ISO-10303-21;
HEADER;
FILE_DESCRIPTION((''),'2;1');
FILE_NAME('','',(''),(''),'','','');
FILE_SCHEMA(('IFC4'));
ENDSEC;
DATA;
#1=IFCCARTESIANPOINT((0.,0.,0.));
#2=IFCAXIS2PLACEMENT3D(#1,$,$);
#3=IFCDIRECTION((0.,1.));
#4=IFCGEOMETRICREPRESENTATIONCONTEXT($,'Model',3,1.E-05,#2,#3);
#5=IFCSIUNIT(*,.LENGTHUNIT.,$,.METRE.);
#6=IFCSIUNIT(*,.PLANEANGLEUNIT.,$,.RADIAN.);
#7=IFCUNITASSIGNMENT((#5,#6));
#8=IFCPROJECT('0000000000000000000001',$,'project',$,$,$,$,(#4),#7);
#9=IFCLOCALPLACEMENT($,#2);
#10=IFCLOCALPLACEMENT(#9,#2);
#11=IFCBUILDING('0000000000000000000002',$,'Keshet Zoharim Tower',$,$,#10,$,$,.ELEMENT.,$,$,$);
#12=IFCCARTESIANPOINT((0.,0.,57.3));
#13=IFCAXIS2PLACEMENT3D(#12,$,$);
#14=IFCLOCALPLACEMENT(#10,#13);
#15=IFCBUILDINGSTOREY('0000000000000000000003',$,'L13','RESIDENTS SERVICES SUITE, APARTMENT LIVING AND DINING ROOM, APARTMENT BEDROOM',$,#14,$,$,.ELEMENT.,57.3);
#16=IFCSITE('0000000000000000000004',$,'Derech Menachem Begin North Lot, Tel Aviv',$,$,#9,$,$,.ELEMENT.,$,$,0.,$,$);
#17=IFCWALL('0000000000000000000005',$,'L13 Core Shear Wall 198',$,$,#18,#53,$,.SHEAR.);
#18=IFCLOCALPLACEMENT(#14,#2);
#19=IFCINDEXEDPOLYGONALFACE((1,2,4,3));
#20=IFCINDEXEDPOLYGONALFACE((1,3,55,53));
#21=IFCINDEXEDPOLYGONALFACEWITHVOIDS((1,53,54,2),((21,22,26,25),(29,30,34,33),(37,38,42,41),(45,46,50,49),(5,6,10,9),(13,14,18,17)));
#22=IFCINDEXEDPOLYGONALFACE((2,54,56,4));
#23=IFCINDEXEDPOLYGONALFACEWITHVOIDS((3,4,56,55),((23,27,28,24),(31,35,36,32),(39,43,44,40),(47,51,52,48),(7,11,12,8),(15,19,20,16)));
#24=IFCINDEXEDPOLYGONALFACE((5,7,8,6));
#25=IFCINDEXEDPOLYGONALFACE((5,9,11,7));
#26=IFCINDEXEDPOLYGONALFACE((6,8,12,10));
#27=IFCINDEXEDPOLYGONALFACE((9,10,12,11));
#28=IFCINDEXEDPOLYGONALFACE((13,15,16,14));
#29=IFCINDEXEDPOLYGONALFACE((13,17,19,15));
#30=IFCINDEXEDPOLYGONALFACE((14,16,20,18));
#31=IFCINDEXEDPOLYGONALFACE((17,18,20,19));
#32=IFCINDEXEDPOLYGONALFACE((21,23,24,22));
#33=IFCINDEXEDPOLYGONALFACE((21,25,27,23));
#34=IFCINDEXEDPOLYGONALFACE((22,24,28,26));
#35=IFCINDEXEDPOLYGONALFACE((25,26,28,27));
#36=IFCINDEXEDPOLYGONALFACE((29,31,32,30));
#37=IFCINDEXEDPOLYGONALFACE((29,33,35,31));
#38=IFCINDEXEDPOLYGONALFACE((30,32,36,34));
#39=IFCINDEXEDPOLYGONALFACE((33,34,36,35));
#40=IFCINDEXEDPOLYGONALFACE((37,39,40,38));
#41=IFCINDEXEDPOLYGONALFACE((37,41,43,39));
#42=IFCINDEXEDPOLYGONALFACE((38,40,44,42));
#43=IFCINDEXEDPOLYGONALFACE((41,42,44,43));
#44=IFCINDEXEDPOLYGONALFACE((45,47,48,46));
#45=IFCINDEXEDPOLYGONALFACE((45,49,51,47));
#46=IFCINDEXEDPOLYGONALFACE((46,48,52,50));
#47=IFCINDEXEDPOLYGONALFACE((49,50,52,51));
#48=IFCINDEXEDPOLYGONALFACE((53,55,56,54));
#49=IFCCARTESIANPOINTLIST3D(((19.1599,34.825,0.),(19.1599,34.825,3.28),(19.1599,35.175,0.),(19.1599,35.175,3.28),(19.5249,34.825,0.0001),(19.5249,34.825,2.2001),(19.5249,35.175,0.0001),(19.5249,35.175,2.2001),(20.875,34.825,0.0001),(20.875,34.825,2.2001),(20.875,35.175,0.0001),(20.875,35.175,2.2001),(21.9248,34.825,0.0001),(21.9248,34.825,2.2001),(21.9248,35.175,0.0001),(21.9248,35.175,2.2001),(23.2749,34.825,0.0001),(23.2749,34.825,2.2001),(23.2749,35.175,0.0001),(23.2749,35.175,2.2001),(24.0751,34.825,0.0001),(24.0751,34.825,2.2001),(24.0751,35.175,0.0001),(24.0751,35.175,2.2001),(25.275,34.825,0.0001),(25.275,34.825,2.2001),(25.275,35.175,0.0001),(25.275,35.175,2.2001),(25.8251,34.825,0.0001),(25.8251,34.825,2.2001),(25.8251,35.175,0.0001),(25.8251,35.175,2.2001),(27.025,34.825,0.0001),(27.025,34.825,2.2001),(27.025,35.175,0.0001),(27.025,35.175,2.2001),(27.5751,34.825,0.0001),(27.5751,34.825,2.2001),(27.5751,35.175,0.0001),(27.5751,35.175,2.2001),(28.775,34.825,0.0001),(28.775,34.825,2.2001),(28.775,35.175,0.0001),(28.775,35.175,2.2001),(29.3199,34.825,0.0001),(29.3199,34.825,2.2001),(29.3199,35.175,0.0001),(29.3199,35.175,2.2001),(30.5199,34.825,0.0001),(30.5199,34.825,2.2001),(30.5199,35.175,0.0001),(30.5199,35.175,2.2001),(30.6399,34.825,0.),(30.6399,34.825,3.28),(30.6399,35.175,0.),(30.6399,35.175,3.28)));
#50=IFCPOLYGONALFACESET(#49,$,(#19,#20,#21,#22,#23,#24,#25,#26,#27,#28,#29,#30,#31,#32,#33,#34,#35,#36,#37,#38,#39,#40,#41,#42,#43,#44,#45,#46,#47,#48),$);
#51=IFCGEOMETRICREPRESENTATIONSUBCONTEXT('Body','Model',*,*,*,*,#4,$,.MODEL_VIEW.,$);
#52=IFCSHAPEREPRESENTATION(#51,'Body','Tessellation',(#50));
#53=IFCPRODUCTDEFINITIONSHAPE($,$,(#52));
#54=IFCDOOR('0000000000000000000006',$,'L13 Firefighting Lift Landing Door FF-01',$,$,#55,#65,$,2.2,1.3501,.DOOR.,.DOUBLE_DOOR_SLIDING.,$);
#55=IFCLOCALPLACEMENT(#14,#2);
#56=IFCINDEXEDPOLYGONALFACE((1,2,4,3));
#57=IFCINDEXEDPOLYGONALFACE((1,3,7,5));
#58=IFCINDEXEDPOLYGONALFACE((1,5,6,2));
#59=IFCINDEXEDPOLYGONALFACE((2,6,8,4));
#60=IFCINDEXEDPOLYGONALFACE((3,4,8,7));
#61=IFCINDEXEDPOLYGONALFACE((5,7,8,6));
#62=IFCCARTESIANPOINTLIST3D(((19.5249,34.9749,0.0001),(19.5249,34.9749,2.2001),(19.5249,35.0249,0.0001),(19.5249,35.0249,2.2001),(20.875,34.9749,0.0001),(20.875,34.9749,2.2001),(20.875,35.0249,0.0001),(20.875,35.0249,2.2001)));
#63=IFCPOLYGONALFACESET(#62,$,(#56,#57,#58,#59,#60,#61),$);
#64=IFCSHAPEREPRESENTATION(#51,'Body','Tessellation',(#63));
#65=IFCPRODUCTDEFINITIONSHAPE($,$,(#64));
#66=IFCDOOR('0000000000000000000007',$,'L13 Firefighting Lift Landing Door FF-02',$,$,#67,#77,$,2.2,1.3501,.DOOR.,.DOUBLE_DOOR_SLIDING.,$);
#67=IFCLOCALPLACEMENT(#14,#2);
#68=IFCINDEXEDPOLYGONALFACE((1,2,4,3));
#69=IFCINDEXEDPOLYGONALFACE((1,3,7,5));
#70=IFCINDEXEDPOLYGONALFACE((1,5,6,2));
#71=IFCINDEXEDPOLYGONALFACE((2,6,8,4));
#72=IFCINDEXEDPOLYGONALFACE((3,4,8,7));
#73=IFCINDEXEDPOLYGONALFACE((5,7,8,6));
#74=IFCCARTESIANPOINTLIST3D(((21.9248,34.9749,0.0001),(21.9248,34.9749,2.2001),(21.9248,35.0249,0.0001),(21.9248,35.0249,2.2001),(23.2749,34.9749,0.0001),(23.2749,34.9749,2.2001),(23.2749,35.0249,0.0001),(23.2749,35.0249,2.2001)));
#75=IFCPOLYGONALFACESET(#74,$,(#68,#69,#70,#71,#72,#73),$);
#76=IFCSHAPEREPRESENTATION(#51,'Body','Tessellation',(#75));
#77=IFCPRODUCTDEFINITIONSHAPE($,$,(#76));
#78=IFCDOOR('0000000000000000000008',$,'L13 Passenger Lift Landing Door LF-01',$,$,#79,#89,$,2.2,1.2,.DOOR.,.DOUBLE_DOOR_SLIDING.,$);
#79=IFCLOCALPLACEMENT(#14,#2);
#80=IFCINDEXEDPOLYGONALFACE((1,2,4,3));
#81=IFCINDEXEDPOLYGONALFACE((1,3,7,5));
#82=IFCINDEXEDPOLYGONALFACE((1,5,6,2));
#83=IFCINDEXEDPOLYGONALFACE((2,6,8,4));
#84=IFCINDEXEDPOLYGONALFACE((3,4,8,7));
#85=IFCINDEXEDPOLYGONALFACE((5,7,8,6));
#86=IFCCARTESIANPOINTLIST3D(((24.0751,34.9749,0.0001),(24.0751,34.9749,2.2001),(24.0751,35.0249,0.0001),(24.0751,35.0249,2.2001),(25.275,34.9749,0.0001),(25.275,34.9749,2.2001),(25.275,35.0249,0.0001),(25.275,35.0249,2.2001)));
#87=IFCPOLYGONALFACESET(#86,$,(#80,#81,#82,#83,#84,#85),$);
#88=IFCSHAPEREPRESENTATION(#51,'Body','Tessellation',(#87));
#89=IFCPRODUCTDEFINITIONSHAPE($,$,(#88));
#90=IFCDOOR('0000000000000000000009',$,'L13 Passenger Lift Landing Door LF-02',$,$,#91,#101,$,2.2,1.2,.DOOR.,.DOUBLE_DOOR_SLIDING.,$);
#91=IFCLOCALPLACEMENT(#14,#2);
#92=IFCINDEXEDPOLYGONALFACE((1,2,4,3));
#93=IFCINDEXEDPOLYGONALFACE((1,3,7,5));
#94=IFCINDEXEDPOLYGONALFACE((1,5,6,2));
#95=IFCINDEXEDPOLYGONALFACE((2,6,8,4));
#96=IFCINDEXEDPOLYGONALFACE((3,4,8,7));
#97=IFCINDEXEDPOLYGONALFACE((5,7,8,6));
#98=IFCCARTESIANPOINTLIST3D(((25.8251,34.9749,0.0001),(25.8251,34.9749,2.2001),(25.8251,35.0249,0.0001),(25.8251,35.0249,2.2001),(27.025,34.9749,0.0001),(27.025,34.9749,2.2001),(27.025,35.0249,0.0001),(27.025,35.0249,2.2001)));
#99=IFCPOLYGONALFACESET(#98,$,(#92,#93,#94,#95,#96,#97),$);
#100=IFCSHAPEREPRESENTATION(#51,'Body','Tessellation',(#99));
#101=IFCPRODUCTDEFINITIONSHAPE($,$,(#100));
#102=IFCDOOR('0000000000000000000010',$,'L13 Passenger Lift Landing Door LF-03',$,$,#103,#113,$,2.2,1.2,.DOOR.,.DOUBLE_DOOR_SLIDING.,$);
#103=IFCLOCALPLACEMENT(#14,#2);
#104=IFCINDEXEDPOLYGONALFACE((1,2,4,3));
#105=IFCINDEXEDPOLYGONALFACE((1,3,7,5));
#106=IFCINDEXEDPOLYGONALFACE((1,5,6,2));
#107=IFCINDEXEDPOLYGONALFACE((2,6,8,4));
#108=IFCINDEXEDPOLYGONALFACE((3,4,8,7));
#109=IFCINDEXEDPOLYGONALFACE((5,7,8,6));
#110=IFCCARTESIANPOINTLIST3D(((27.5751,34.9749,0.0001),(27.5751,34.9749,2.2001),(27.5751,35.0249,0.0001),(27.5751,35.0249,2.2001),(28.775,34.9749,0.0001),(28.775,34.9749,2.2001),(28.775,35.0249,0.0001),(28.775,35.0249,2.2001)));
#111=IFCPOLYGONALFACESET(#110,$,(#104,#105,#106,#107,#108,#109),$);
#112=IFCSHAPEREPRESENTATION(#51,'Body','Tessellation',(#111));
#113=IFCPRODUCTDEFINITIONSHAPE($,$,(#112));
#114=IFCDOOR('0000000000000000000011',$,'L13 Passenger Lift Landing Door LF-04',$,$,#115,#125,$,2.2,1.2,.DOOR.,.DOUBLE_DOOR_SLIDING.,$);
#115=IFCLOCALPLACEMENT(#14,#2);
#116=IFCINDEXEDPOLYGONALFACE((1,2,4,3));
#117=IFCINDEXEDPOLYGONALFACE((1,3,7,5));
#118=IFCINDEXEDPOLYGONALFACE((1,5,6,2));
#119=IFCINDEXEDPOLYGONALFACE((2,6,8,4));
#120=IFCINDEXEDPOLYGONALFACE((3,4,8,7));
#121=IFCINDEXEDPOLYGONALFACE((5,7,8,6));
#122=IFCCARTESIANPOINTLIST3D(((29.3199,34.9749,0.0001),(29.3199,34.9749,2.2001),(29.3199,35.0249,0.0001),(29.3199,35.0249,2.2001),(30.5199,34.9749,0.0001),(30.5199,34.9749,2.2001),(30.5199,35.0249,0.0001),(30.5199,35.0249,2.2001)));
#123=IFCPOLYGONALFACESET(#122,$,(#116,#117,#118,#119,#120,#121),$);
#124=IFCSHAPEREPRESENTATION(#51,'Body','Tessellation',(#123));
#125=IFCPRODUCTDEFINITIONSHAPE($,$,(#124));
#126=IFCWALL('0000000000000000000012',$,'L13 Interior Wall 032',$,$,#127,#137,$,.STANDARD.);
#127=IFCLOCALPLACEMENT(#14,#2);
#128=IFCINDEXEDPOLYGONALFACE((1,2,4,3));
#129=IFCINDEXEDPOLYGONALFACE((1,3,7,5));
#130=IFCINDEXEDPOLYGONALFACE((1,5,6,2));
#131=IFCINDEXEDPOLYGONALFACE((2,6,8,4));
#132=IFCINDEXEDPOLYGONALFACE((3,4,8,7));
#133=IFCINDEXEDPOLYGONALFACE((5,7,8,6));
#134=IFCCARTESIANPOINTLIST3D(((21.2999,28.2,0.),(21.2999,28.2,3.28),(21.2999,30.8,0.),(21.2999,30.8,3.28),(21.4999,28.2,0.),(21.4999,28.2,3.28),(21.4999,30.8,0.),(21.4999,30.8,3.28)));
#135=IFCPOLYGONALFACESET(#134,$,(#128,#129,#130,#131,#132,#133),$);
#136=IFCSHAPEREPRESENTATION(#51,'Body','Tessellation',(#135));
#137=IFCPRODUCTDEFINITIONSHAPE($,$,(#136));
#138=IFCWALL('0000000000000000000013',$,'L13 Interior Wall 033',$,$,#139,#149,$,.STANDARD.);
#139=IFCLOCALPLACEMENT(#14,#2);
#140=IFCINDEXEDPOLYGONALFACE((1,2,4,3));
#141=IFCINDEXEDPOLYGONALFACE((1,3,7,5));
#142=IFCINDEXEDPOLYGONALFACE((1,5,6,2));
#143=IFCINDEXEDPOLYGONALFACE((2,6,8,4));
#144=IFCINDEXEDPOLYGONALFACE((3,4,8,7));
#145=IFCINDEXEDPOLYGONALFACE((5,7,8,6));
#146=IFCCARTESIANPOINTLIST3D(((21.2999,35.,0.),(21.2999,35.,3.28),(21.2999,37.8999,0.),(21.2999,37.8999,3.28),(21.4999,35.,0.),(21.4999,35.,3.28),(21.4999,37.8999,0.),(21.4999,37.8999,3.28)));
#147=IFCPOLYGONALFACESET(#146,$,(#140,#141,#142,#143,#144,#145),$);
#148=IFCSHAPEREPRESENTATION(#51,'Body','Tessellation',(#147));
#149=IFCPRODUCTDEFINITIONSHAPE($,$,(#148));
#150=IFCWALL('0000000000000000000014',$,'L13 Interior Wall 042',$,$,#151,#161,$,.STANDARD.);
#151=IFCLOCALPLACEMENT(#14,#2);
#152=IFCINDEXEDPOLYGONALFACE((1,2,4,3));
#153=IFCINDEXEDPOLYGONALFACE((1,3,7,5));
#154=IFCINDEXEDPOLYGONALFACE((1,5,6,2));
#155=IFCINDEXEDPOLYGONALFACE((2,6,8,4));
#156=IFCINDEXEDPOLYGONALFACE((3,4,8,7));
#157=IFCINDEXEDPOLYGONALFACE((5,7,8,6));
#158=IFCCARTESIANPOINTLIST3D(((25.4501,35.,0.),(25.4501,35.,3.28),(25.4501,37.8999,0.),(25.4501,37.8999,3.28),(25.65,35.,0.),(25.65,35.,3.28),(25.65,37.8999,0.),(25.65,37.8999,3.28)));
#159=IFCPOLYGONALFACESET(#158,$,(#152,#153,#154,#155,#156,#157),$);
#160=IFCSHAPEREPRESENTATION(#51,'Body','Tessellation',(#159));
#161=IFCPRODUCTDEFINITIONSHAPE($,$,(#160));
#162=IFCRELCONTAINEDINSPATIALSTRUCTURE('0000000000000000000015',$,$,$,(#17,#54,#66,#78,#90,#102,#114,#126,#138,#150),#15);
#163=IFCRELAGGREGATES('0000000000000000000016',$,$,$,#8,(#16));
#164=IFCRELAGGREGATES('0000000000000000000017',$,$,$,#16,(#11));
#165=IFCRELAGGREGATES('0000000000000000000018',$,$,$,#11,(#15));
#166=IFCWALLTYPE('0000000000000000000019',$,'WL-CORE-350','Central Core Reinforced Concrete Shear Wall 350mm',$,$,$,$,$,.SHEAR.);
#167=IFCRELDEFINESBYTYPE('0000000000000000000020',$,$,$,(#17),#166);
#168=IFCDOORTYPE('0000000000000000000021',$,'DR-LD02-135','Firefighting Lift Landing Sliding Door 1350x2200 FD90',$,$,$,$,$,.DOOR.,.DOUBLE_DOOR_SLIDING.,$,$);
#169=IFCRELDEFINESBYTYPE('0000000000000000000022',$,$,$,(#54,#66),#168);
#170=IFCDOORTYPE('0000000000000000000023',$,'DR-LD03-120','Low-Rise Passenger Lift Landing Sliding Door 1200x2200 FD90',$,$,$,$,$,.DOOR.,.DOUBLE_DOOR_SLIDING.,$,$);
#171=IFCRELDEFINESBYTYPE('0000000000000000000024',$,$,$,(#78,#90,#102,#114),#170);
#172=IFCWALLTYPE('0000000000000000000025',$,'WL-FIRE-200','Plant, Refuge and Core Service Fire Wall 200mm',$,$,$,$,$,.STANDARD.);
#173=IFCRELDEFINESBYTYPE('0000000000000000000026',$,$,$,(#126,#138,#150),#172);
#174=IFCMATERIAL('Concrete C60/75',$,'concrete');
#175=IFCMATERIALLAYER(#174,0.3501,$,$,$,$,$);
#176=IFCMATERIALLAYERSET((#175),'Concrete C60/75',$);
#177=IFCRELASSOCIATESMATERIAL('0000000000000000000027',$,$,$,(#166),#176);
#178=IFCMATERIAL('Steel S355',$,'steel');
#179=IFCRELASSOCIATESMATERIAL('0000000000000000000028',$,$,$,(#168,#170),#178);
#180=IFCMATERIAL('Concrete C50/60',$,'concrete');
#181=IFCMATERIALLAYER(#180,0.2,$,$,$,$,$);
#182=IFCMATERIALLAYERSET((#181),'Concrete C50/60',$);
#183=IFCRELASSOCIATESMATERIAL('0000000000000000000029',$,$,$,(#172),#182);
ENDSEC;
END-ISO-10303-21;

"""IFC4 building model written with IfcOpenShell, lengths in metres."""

from ifc_helpers import new_model, si_unit, direction, frame, frame_2d, origin, place, context, subcontext, project, spatial, rectangle, extrude, material, layer, layer_set, type_object, element, fill, save


model = new_model("IFC4")

# Units and contexts
model_context = context("Model", 3, precision=1e-05, world=origin(), true_north=direction((0.0, 1.0)))
body_context = subcontext(model_context, "Body", "Model", "MODEL_VIEW")
ifc_project = project(units=[si_unit("LENGTHUNIT", "METRE"), si_unit("PLANEANGLEUNIT", "RADIAN")], contexts=[model_context])

# Site, building, storey
site_placement = place(None, origin())
site = spatial("IfcSite", under=ifc_project, at=site_placement, Name="Derech Menachem Begin North Lot, Tel Aviv", CompositionType="ELEMENT", RefElevation=0.0)
building_placement = place(site_placement, origin())
building = spatial("IfcBuilding", under=site, at=building_placement, Name="Keshet Zoharim Tower", CompositionType="ELEMENT")
storey_placement = place(building_placement, frame((0.0, 0.0, 57.3)))
storey = spatial("IfcBuildingStorey", under=building, at=storey_placement, Name="L13", Description="RESIDENTS SERVICES SUITE, APARTMENT LIVING AND DINING ROOM, APARTMENT BEDROOM", CompositionType="ELEMENT", Elevation=57.3)

# Shared definitions
ifc_material_1 = material(Name="Concrete C60/75", Category="concrete")
ifc_layer_1 = layer(ifc_material_1, 0.3501)
ifc_layer_set_1 = layer_set([ifc_layer_1], Name="Concrete C60/75")
wall_type_1 = type_object("IfcWallType", Name="WL-CORE-350", Description="Central Core Reinforced Concrete Shear Wall 350mm", PredefinedType="SHEAR", material=ifc_layer_set_1)

# Shared definitions
ifc_material_2 = material(Name="Steel S355", Category="steel")

# Wall, openings, doors
wall_1_placement = place(storey_placement, frame((19.1599, 35.0, 0.0), z_axis=(0.0, 0.0, 1.0), x_axis=(1.0, 0.0, 0.0)))
wall_1 = element("IfcWall", 1, at=wall_1_placement, inside=storey, type_object=wall_type_1, Name="L13 Core Shear Wall 198", PredefinedType="SHEAR", context=body_context, shape_type="SweptSolid", body=[
    extrude(rectangle(XDim=11.48, YDim=0.3501, at=frame_2d((5.74, 0.0))), origin(), (0.0, 0.0, 1.0), 3.28),
])
opening_1_placement = place(wall_1_placement, frame((0.365, 0.0, 0.0)))
opening_1 = element("IfcOpeningElement", 2, at=opening_1_placement, cuts=wall_1, PredefinedType="OPENING", context=body_context, shape_type="SweptSolid", body=[
    extrude(rectangle(XDim=1.3501, YDim=2.2, at=frame_2d((0.675, 1.1001))), frame((0.0, 0.1851, 0.0), z_axis=(0.0, -1.0, 0.0), x_axis=(1.0, 0.0, 0.0)), (0.0, 0.0, 1.0), 0.3701),
])
opening_2_placement = place(wall_1_placement, frame((2.7649, 0.0, 0.0)))
opening_2 = element("IfcOpeningElement", 3, at=opening_2_placement, cuts=wall_1, PredefinedType="OPENING", context=body_context, shape_type="SweptSolid", body=[
    extrude(rectangle(XDim=1.3501, YDim=2.2, at=frame_2d((0.675, 1.1001))), frame((0.0, 0.1851, 0.0), z_axis=(0.0, -1.0, 0.0), x_axis=(1.0, 0.0, 0.0)), (0.0, 0.0, 1.0), 0.3701),
])
opening_3_placement = place(wall_1_placement, frame((4.915, 0.0, 0.0)))
opening_3 = element("IfcOpeningElement", 4, at=opening_3_placement, cuts=wall_1, PredefinedType="OPENING", context=body_context, shape_type="SweptSolid", body=[
    extrude(rectangle(XDim=1.2, YDim=2.2, at=frame_2d((0.6001, 1.1001))), frame((0.0, 0.1851, 0.0), z_axis=(0.0, -1.0, 0.0), x_axis=(1.0, 0.0, 0.0)), (0.0, 0.0, 1.0), 0.3701),
])
opening_4_placement = place(wall_1_placement, frame((6.665, 0.0, 0.0)))
opening_4 = element("IfcOpeningElement", 5, at=opening_4_placement, cuts=wall_1, PredefinedType="OPENING", context=body_context, shape_type="SweptSolid", body=[
    extrude(rectangle(XDim=1.2, YDim=2.2, at=frame_2d((0.6001, 1.1001))), frame((0.0, 0.1851, 0.0), z_axis=(0.0, -1.0, 0.0), x_axis=(1.0, 0.0, 0.0)), (0.0, 0.0, 1.0), 0.3701),
])
opening_5_placement = place(wall_1_placement, frame((8.415, 0.0, 0.0)))
opening_5 = element("IfcOpeningElement", 6, at=opening_5_placement, cuts=wall_1, PredefinedType="OPENING", context=body_context, shape_type="SweptSolid", body=[
    extrude(rectangle(XDim=1.2, YDim=2.2, at=frame_2d((0.6001, 1.1001))), frame((0.0, 0.1851, 0.0), z_axis=(0.0, -1.0, 0.0), x_axis=(1.0, 0.0, 0.0)), (0.0, 0.0, 1.0), 0.3701),
])
opening_6_placement = place(wall_1_placement, frame((10.1599, 0.0, 0.0)))
opening_6 = element("IfcOpeningElement", 7, at=opening_6_placement, cuts=wall_1, PredefinedType="OPENING", context=body_context, shape_type="SweptSolid", body=[
    extrude(rectangle(XDim=1.2, YDim=2.2, at=frame_2d((0.6001, 1.1001))), frame((0.0, 0.1851, 0.0), z_axis=(0.0, -1.0, 0.0), x_axis=(1.0, 0.0, 0.0)), (0.0, 0.0, 1.0), 0.3701),
])
door_type_1 = type_object("IfcDoorType", Name="DR-LD02-135", Description="Firefighting Lift Landing Sliding Door 1350x2200 FD90", OperationType="DOUBLE_DOOR_SLIDING", PredefinedType="DOOR", material=ifc_material_2)
door_1_placement = place(opening_1_placement, origin())
door_1 = element("IfcDoor", 8, at=door_1_placement, inside=storey, type_object=door_type_1, Name="L13 Firefighting Lift Landing Door FF-01", OperationType="DOUBLE_DOOR_SLIDING", OverallHeight=2.2, OverallWidth=1.3501, PredefinedType="DOOR", context=body_context, shape_type="SweptSolid", body=[
    extrude(rectangle(XDim=1.3501, YDim=2.2, at=frame_2d((0.675, 1.1001))), frame((0.0, 0.0249, 0.0), z_axis=(0.0, -1.0, 0.0), x_axis=(1.0, 0.0, 0.0)), (0.0, 0.0, 1.0), 0.05),
])
fill(opening_1, door_1)
door_2_placement = place(opening_2_placement, origin())
door_2 = element("IfcDoor", 9, at=door_2_placement, inside=storey, type_object=door_type_1, Name="L13 Firefighting Lift Landing Door FF-02", OperationType="DOUBLE_DOOR_SLIDING", OverallHeight=2.2, OverallWidth=1.3501, PredefinedType="DOOR", context=body_context, shape_type="SweptSolid", body=[
    extrude(rectangle(XDim=1.3501, YDim=2.2, at=frame_2d((0.675, 1.1001))), frame((0.0, 0.0249, 0.0), z_axis=(0.0, -1.0, 0.0), x_axis=(1.0, 0.0, 0.0)), (0.0, 0.0, 1.0), 0.05),
])
fill(opening_2, door_2)
door_type_2 = type_object("IfcDoorType", Name="DR-LD03-120", Description="Low-Rise Passenger Lift Landing Sliding Door 1200x2200 FD90", OperationType="DOUBLE_DOOR_SLIDING", PredefinedType="DOOR", material=ifc_material_2)
door_3_placement = place(opening_3_placement, origin())
door_3 = element("IfcDoor", 10, at=door_3_placement, inside=storey, type_object=door_type_2, Name="L13 Passenger Lift Landing Door LF-01", OperationType="DOUBLE_DOOR_SLIDING", OverallHeight=2.2, OverallWidth=1.2, PredefinedType="DOOR", context=body_context, shape_type="SweptSolid", body=[
    extrude(rectangle(XDim=1.2, YDim=2.2, at=frame_2d((0.6001, 1.1001))), frame((0.0, 0.0249, 0.0), z_axis=(0.0, -1.0, 0.0), x_axis=(1.0, 0.0, 0.0)), (0.0, 0.0, 1.0), 0.05),
])
fill(opening_3, door_3)
door_4_placement = place(opening_4_placement, origin())
door_4 = element("IfcDoor", 11, at=door_4_placement, inside=storey, type_object=door_type_2, Name="L13 Passenger Lift Landing Door LF-02", OperationType="DOUBLE_DOOR_SLIDING", OverallHeight=2.2, OverallWidth=1.2, PredefinedType="DOOR", context=body_context, shape_type="SweptSolid", body=[
    extrude(rectangle(XDim=1.2, YDim=2.2, at=frame_2d((0.6001, 1.1001))), frame((0.0, 0.0249, 0.0), z_axis=(0.0, -1.0, 0.0), x_axis=(1.0, 0.0, 0.0)), (0.0, 0.0, 1.0), 0.05),
])
fill(opening_4, door_4)
door_5_placement = place(opening_5_placement, origin())
door_5 = element("IfcDoor", 12, at=door_5_placement, inside=storey, type_object=door_type_2, Name="L13 Passenger Lift Landing Door LF-03", OperationType="DOUBLE_DOOR_SLIDING", OverallHeight=2.2, OverallWidth=1.2, PredefinedType="DOOR", context=body_context, shape_type="SweptSolid", body=[
    extrude(rectangle(XDim=1.2, YDim=2.2, at=frame_2d((0.6001, 1.1001))), frame((0.0, 0.0249, 0.0), z_axis=(0.0, -1.0, 0.0), x_axis=(1.0, 0.0, 0.0)), (0.0, 0.0, 1.0), 0.05),
])
fill(opening_5, door_5)
door_6_placement = place(opening_6_placement, origin())
door_6 = element("IfcDoor", 13, at=door_6_placement, inside=storey, type_object=door_type_2, Name="L13 Passenger Lift Landing Door LF-04", OperationType="DOUBLE_DOOR_SLIDING", OverallHeight=2.2, OverallWidth=1.2, PredefinedType="DOOR", context=body_context, shape_type="SweptSolid", body=[
    extrude(rectangle(XDim=1.2, YDim=2.2, at=frame_2d((0.6001, 1.1001))), frame((0.0, 0.0249, 0.0), z_axis=(0.0, -1.0, 0.0), x_axis=(1.0, 0.0, 0.0)), (0.0, 0.0, 1.0), 0.05),
])
fill(opening_6, door_6)

# Walls
ifc_material_3 = material(Name="Concrete C50/60", Category="concrete")
ifc_layer_2 = layer(ifc_material_3, 0.2)
ifc_layer_set_2 = layer_set([ifc_layer_2], Name="Concrete C50/60")
wall_type_2 = type_object("IfcWallType", Name="WL-FIRE-200", Description="Plant, Refuge and Core Service Fire Wall 200mm", PredefinedType="STANDARD", material=ifc_layer_set_2)
wall_2_placement = place(storey_placement, frame((21.3999, 28.2, 0.0), z_axis=(0.0, 0.0, 1.0), x_axis=(0.0, 1.0, 0.0)))
element("IfcWall", 14, at=wall_2_placement, inside=storey, type_object=wall_type_2, Name="L13 Interior Wall 032", PredefinedType="STANDARD", context=body_context, shape_type="SweptSolid", body=[
    extrude(rectangle(XDim=2.6001, YDim=0.2, at=frame_2d((1.3, 0.0))), origin(), (0.0, 0.0, 1.0), 3.28),
])
for number, where, z_axis, x_axis, name in (
    (15, (21.3999, 35.0, 0.0), (0.0, 0.0, 1.0), (0.0, 1.0, 0.0), "L13 Interior Wall 033"),
    (16, (25.55, 35.0, 0.0), (0.0, 0.0, 1.0), (0.0, 1.0, 0.0), "L13 Interior Wall 042"),
):
    element("IfcWall", number, at=place(storey_placement, frame(where, z_axis=z_axis, x_axis=x_axis)), inside=storey, type_object=wall_type_2, Name=name, PredefinedType="STANDARD", context=body_context, shape_type="SweptSolid", body=[
        extrude(rectangle(XDim=2.8999, YDim=0.2, at=frame_2d((1.45, 0.0))), origin(), (0.0, 0.0, 1.0), 3.28),
    ])

save(model, "model.ifc")
